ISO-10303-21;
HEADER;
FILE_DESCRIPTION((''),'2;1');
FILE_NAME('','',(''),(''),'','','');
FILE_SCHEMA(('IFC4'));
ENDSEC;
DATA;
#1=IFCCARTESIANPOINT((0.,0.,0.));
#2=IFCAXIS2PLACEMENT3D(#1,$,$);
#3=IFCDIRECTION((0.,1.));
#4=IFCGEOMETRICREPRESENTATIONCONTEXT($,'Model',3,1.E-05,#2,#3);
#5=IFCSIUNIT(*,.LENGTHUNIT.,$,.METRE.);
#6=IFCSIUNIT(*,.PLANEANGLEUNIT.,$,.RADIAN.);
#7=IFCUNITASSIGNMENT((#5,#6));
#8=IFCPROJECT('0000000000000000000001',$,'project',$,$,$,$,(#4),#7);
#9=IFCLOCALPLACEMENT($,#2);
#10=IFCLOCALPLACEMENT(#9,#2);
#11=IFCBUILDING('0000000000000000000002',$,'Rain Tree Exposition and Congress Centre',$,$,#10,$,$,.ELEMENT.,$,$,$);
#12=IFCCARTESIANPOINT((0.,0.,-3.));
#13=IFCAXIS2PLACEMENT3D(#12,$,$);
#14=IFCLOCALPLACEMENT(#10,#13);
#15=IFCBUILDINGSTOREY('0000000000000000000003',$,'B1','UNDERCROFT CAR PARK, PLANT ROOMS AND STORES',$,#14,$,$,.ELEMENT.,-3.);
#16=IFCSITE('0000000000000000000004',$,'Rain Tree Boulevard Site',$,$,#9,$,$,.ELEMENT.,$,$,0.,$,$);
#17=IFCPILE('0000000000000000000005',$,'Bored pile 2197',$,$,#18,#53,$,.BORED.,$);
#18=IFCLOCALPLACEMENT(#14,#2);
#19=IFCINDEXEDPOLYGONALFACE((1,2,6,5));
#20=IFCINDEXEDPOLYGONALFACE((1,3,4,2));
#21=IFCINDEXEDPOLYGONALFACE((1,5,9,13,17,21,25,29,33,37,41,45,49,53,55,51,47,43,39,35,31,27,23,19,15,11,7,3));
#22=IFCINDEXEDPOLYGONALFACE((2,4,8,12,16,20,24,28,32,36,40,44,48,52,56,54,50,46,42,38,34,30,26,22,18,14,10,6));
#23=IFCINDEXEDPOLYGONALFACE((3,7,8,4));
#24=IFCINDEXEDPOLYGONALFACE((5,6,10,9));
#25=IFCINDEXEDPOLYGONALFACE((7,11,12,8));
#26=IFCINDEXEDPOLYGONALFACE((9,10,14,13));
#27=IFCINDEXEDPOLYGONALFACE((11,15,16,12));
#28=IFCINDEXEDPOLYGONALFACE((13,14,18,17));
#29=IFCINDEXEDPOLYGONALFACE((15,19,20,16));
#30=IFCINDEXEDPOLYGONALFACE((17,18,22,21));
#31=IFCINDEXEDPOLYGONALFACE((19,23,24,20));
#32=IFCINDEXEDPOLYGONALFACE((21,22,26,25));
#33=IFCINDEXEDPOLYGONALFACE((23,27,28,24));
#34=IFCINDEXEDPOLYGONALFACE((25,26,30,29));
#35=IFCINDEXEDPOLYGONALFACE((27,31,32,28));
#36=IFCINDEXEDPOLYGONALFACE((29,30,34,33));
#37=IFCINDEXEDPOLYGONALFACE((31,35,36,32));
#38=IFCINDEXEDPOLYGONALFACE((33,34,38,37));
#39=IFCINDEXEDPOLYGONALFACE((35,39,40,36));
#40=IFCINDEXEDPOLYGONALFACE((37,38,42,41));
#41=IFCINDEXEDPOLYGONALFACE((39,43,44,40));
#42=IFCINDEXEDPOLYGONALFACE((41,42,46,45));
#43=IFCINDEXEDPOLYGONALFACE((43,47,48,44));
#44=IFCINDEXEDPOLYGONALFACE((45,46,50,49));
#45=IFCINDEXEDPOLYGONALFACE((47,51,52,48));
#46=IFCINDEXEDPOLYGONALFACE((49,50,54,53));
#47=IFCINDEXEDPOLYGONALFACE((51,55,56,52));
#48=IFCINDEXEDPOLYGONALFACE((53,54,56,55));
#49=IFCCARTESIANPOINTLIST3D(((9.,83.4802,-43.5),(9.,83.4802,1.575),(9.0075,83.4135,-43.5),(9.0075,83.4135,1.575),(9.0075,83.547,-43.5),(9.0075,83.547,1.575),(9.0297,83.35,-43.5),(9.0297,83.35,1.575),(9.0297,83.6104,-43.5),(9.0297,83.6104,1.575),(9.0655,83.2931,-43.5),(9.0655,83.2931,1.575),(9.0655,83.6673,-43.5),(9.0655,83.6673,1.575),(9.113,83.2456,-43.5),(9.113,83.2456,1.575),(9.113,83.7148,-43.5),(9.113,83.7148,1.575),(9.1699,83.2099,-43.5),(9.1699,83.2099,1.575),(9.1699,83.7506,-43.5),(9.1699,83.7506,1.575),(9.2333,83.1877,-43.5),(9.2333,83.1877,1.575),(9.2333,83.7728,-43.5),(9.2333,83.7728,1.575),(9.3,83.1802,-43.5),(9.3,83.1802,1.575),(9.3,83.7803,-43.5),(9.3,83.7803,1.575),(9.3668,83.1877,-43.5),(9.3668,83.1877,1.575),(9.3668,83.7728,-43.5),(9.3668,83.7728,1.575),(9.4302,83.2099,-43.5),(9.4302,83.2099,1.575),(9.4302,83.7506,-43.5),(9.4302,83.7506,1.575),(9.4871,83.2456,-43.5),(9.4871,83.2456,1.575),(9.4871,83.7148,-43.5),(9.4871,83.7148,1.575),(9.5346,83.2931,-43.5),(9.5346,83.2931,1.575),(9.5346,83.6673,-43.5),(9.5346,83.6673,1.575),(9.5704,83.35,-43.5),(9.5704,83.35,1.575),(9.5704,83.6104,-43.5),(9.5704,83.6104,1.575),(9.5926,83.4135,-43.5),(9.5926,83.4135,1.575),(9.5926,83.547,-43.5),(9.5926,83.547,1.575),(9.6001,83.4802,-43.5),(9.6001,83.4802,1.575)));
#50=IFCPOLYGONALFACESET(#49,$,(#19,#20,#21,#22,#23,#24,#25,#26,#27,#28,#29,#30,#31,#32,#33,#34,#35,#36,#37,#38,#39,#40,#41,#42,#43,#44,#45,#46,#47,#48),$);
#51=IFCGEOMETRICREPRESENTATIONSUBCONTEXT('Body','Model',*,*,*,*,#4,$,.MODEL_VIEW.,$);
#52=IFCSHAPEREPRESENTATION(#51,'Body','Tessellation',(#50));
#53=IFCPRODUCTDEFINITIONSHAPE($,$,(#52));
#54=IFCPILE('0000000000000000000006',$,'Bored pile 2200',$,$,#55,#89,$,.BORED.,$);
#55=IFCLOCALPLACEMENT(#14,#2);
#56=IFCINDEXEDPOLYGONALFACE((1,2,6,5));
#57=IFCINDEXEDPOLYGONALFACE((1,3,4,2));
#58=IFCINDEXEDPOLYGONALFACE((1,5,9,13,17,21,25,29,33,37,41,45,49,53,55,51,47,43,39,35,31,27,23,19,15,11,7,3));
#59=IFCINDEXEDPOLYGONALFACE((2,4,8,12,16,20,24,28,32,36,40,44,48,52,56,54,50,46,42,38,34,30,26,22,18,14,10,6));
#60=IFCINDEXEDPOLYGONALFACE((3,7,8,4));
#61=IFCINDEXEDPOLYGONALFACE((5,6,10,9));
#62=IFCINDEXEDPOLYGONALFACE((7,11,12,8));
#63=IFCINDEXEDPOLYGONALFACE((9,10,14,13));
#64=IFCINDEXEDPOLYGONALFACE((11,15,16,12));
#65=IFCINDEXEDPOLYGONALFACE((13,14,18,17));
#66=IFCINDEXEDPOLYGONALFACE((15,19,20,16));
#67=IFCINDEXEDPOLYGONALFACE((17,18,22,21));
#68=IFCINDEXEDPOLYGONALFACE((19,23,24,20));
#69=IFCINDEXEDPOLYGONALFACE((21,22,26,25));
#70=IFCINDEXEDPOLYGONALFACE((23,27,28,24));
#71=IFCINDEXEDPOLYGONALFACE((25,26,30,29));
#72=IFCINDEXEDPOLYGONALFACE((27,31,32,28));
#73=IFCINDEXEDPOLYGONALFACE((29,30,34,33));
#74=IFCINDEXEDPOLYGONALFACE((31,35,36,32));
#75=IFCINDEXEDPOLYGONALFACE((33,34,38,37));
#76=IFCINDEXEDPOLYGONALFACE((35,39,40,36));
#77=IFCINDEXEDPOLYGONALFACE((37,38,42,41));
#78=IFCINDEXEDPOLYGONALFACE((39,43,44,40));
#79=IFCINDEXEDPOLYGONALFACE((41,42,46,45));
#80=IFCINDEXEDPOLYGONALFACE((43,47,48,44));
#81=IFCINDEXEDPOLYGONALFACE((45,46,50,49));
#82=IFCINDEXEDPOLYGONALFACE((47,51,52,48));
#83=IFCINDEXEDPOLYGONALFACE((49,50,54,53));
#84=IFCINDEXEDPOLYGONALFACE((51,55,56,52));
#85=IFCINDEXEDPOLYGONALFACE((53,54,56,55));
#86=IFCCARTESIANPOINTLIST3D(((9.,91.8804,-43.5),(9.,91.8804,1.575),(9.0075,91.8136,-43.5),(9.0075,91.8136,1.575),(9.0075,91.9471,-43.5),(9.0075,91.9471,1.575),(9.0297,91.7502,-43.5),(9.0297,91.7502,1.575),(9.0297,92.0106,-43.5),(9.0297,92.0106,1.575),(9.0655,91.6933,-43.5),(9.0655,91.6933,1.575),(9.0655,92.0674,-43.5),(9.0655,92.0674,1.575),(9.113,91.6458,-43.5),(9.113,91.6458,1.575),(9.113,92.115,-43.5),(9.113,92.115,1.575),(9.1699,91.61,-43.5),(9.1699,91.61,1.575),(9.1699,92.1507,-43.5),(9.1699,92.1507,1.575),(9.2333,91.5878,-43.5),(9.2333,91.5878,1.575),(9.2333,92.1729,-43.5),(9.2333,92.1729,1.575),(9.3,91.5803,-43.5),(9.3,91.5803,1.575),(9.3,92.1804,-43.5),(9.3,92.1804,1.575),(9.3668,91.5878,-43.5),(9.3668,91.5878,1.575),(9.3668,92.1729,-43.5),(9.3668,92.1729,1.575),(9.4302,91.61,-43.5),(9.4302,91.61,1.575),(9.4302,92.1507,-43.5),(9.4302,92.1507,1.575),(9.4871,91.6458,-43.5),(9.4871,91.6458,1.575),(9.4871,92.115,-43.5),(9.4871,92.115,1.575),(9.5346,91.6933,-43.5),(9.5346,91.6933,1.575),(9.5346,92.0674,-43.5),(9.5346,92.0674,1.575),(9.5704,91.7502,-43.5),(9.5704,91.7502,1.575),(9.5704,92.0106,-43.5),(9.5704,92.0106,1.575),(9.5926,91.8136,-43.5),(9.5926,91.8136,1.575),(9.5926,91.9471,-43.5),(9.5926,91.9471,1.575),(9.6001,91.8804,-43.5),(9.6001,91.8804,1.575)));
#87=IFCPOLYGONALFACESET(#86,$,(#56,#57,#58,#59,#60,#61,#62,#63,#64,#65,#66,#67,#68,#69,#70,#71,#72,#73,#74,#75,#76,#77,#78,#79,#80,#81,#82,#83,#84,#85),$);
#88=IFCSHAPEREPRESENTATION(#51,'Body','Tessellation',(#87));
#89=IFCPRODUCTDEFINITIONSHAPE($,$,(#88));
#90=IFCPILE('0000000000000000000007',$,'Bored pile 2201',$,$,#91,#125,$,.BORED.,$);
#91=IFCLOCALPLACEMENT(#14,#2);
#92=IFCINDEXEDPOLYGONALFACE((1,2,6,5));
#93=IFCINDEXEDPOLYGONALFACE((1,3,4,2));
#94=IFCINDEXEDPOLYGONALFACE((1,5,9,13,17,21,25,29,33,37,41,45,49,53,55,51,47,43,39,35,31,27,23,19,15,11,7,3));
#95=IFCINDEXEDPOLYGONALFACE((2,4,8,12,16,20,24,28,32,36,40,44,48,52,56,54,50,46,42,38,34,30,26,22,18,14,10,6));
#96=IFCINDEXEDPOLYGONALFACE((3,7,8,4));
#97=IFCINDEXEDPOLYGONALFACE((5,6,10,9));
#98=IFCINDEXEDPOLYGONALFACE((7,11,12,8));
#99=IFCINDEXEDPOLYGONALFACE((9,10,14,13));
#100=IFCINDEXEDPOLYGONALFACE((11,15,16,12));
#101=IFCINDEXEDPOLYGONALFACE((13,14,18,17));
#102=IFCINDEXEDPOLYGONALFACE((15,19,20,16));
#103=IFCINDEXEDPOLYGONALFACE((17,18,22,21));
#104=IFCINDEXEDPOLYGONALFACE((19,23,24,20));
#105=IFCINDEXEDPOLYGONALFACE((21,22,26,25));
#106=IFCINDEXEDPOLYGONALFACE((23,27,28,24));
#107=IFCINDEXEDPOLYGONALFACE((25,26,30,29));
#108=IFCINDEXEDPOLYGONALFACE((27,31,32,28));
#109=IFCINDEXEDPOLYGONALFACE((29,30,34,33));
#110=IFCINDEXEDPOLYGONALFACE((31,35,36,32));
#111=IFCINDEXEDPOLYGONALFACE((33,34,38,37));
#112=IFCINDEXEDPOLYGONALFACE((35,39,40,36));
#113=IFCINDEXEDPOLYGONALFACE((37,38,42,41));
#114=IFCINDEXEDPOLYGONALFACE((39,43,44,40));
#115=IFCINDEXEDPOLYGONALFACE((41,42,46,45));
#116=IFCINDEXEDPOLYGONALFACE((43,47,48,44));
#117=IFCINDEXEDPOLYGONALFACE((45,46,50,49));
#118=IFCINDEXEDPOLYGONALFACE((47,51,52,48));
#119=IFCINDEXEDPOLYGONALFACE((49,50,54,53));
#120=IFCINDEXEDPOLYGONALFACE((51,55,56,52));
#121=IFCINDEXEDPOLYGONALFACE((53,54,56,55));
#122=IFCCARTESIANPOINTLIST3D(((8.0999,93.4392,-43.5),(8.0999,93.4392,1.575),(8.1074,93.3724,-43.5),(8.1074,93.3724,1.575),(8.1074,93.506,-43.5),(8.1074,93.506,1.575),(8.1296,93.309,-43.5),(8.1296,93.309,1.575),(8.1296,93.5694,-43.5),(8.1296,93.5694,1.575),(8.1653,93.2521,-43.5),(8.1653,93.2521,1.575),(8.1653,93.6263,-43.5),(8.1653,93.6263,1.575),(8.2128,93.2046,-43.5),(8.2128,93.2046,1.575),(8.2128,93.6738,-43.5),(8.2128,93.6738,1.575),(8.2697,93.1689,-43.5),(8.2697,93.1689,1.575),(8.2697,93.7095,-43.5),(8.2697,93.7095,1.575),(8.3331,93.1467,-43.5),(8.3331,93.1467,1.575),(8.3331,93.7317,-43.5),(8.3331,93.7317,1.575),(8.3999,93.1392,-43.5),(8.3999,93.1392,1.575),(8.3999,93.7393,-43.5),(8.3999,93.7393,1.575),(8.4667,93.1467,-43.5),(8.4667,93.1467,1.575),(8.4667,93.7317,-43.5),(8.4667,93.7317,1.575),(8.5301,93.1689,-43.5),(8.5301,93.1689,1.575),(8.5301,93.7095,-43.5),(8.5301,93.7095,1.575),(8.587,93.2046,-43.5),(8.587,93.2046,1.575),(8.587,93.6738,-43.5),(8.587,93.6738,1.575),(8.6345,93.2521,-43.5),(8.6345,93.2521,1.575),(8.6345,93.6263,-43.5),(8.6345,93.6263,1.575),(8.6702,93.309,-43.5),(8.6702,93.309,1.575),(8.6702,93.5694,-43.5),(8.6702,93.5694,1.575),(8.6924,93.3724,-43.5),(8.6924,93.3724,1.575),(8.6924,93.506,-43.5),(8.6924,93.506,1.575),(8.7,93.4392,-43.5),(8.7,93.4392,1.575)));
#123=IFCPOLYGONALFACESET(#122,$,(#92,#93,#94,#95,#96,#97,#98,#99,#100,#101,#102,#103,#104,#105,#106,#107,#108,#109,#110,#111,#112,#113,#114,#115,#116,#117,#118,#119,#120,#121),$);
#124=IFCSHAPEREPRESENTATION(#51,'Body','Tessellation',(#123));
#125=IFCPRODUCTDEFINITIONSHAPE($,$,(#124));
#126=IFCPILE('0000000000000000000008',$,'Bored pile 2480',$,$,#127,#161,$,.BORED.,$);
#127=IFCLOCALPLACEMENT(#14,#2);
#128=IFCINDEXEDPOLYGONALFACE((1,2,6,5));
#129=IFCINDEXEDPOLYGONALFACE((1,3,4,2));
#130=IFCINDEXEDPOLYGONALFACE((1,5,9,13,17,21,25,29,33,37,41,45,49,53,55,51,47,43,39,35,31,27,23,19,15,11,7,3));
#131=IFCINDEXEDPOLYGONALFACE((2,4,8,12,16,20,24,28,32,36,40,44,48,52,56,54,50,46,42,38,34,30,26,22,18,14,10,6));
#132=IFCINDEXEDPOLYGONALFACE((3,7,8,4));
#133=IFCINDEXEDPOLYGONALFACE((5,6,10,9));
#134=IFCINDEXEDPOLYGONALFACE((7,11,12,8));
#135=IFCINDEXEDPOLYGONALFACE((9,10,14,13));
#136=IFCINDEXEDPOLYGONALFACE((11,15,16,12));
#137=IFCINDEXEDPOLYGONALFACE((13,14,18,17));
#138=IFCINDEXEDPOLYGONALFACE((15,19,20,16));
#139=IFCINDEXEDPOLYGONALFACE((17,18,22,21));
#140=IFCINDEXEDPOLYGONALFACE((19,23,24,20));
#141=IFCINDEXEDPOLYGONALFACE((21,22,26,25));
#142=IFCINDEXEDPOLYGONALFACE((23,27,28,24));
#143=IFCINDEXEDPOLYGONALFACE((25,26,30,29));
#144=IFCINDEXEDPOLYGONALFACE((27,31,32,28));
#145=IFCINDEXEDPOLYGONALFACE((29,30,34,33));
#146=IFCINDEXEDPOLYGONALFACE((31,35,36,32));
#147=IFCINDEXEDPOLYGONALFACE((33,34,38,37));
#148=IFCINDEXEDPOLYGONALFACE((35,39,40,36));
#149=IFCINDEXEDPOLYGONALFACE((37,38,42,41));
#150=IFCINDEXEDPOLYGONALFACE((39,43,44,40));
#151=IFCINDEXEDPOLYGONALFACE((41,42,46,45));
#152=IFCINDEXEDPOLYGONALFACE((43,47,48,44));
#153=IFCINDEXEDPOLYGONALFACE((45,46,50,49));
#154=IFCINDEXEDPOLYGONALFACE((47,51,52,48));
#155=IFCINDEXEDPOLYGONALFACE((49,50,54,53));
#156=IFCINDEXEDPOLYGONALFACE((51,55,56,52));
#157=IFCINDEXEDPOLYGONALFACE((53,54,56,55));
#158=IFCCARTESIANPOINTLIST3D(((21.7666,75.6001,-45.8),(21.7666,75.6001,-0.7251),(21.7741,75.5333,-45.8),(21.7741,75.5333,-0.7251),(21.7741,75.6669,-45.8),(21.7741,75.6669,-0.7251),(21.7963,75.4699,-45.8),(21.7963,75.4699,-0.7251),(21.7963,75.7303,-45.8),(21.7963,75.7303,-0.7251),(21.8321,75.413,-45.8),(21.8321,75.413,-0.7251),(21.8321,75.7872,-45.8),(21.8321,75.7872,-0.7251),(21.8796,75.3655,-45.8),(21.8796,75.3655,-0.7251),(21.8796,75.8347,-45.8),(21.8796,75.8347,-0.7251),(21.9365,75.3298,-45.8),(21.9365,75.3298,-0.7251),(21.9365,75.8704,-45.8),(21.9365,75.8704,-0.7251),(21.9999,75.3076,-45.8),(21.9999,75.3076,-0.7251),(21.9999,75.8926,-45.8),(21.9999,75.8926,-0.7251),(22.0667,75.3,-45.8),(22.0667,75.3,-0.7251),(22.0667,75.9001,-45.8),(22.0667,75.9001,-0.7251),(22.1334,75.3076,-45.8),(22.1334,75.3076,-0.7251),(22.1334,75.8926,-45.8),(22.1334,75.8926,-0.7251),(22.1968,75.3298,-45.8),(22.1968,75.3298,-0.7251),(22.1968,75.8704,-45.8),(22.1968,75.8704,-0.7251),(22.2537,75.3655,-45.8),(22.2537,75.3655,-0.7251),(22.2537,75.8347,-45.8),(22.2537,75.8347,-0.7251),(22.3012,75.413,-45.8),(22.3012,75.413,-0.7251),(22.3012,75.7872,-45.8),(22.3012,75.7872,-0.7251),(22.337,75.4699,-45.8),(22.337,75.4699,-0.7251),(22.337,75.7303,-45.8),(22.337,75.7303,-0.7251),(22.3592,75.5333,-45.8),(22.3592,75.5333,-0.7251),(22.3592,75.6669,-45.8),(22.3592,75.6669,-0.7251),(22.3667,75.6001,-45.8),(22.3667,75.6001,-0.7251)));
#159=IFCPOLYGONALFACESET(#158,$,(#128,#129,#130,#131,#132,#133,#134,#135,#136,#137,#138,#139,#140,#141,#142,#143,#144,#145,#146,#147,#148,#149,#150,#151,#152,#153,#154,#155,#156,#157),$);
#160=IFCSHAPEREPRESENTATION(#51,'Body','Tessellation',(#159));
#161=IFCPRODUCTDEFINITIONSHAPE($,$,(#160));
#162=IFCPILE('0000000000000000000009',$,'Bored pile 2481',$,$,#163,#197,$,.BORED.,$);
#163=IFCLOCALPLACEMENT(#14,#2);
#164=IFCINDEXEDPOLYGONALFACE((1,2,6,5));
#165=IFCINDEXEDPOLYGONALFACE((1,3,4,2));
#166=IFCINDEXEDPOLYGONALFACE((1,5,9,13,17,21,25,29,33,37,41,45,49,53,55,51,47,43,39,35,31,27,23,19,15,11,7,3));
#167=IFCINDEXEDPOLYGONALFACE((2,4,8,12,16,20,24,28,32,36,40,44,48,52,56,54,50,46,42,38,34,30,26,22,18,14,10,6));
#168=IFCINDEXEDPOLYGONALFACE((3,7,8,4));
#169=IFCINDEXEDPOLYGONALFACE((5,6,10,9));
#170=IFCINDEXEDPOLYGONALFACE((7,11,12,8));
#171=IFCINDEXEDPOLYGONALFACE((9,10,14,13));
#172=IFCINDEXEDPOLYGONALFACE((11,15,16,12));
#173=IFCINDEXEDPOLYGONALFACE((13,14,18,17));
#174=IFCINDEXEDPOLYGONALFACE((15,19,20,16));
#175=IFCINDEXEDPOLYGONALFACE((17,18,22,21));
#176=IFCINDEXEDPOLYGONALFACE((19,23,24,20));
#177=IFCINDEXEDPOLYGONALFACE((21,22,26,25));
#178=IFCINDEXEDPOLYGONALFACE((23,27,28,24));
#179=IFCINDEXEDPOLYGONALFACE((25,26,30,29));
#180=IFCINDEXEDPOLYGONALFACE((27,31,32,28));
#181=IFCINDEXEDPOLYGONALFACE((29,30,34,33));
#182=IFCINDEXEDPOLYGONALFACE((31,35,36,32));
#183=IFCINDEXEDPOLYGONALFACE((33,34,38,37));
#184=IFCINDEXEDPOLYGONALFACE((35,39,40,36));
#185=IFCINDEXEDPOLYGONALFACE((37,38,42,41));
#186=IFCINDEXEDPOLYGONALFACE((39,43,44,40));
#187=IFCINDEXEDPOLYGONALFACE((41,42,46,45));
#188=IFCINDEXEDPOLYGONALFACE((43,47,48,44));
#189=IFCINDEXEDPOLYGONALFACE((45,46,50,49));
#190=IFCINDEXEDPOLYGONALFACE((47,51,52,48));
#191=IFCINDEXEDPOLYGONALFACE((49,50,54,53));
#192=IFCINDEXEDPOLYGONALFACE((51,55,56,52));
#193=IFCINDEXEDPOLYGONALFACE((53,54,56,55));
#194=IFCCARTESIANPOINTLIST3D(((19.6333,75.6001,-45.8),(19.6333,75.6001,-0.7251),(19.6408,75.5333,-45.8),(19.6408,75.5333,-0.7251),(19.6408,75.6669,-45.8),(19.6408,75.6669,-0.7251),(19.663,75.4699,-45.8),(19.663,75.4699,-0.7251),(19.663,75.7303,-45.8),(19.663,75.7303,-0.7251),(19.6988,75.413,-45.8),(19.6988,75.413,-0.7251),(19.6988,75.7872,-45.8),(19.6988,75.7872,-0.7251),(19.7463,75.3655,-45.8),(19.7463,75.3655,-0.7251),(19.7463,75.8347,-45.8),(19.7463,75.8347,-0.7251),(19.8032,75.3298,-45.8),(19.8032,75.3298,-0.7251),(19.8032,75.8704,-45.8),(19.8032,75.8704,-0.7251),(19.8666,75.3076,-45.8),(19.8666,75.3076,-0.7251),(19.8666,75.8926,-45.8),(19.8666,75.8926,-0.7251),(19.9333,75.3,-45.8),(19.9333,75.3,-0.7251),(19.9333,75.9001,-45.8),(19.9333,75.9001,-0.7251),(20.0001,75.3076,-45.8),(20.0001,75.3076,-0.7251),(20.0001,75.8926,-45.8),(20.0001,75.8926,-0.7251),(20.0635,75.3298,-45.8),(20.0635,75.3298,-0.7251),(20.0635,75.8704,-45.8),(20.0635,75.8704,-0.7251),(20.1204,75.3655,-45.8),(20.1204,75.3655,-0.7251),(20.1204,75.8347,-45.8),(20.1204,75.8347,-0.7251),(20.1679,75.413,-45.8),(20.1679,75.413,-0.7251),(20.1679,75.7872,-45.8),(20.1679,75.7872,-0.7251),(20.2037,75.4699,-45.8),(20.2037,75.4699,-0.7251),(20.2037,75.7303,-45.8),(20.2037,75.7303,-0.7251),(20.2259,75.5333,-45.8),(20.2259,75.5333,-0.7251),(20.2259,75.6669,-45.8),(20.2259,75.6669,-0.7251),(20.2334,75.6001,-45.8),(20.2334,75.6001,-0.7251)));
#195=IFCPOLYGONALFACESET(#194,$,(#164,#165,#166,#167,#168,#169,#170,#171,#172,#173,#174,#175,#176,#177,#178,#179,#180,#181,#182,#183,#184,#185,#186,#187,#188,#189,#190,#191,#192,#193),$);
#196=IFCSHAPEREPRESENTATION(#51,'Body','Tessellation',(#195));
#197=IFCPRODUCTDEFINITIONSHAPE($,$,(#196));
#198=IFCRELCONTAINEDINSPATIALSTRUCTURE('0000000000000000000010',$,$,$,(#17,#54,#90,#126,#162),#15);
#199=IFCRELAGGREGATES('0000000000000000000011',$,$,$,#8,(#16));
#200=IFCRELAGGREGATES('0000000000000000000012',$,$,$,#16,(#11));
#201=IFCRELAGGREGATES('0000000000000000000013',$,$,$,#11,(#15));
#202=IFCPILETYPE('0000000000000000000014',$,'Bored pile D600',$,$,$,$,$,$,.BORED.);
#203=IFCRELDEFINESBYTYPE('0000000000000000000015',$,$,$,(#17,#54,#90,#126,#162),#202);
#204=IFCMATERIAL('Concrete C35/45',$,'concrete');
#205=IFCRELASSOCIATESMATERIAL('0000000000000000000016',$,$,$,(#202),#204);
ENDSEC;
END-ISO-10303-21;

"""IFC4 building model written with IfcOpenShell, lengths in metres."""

from ifc_helpers import new_model, si_unit, direction, frame, origin, origin_2d, place, context, subcontext, project, spatial, circle, extrude, material, material_profile, profile_set, type_object, element, save


model = new_model("IFC4")

# Units and contexts
model_context = context("Model", 3, precision=1e-05, world=origin(), true_north=direction((0.0, 1.0)))
body_context = subcontext(model_context, "Body", "Model", "MODEL_VIEW")
ifc_project = project(units=[si_unit("LENGTHUNIT", "METRE"), si_unit("PLANEANGLEUNIT", "RADIAN")], contexts=[model_context])

# Site, building, storey
site_placement = place(None, origin())
site = spatial("IfcSite", under=ifc_project, at=site_placement, Name="Rain Tree Boulevard Site", CompositionType="ELEMENT", RefElevation=0.0)
building_placement = place(site_placement, origin())
building = spatial("IfcBuilding", under=site, at=building_placement, Name="Rain Tree Exposition and Congress Centre", CompositionType="ELEMENT")
storey_placement = place(building_placement, frame((0.0, 0.0, -3.0)))
storey = spatial("IfcBuildingStorey", under=building, at=storey_placement, Name="B1", Description="UNDERCROFT CAR PARK, PLANT ROOMS AND STORES", CompositionType="ELEMENT", Elevation=-3.0)

# Piles
ifc_material_1 = material(Name="Concrete C35/45", Category="concrete")
ifc_material_profile_1 = material_profile(ifc_material_1, circle(Radius=0.3, at=origin_2d()), Name="D600")
ifc_profile_set_1 = profile_set([ifc_material_profile_1], Name="Concrete C35/45")
pile_type_1 = type_object("IfcPileType", Name="Bored pile D600", PredefinedType="BORED", material=ifc_profile_set_1)
for number, where, z_axis, x_axis, name in (
    (1, (9.3, 83.4802, 1.575), (0.0, 0.0, -1.0), (1.0, 0.0, 0.0), "Bored pile 2197"),
    (2, (9.3, 91.8804, 1.575), (0.0, 0.0, -1.0), (1.0, 0.0, 0.0), "Bored pile 2200"),
    (3, (8.3999, 93.4392, 1.575), (0.0, 0.0, -1.0), (1.0, 0.0, 0.0), "Bored pile 2201"),
    (4, (22.0667, 75.6001, -0.7251), (0.0, 0.0, -1.0), (1.0, 0.0, 0.0), "Bored pile 2480"),
    (5, (19.9333, 75.6001, -0.7251), (0.0, 0.0, -1.0), (1.0, 0.0, 0.0), "Bored pile 2481"),
):
    element("IfcPile", number, at=place(storey_placement, frame(where, z_axis=z_axis, x_axis=x_axis)), inside=storey, type_object=pile_type_1, Name=name, PredefinedType="BORED", context=body_context, shape_type="SweptSolid", body=[
        extrude(circle(Radius=0.3, at=origin_2d()), origin(), (0.0, 0.0, 1.0), 45.075),
    ])

save(model, "model.ifc")
